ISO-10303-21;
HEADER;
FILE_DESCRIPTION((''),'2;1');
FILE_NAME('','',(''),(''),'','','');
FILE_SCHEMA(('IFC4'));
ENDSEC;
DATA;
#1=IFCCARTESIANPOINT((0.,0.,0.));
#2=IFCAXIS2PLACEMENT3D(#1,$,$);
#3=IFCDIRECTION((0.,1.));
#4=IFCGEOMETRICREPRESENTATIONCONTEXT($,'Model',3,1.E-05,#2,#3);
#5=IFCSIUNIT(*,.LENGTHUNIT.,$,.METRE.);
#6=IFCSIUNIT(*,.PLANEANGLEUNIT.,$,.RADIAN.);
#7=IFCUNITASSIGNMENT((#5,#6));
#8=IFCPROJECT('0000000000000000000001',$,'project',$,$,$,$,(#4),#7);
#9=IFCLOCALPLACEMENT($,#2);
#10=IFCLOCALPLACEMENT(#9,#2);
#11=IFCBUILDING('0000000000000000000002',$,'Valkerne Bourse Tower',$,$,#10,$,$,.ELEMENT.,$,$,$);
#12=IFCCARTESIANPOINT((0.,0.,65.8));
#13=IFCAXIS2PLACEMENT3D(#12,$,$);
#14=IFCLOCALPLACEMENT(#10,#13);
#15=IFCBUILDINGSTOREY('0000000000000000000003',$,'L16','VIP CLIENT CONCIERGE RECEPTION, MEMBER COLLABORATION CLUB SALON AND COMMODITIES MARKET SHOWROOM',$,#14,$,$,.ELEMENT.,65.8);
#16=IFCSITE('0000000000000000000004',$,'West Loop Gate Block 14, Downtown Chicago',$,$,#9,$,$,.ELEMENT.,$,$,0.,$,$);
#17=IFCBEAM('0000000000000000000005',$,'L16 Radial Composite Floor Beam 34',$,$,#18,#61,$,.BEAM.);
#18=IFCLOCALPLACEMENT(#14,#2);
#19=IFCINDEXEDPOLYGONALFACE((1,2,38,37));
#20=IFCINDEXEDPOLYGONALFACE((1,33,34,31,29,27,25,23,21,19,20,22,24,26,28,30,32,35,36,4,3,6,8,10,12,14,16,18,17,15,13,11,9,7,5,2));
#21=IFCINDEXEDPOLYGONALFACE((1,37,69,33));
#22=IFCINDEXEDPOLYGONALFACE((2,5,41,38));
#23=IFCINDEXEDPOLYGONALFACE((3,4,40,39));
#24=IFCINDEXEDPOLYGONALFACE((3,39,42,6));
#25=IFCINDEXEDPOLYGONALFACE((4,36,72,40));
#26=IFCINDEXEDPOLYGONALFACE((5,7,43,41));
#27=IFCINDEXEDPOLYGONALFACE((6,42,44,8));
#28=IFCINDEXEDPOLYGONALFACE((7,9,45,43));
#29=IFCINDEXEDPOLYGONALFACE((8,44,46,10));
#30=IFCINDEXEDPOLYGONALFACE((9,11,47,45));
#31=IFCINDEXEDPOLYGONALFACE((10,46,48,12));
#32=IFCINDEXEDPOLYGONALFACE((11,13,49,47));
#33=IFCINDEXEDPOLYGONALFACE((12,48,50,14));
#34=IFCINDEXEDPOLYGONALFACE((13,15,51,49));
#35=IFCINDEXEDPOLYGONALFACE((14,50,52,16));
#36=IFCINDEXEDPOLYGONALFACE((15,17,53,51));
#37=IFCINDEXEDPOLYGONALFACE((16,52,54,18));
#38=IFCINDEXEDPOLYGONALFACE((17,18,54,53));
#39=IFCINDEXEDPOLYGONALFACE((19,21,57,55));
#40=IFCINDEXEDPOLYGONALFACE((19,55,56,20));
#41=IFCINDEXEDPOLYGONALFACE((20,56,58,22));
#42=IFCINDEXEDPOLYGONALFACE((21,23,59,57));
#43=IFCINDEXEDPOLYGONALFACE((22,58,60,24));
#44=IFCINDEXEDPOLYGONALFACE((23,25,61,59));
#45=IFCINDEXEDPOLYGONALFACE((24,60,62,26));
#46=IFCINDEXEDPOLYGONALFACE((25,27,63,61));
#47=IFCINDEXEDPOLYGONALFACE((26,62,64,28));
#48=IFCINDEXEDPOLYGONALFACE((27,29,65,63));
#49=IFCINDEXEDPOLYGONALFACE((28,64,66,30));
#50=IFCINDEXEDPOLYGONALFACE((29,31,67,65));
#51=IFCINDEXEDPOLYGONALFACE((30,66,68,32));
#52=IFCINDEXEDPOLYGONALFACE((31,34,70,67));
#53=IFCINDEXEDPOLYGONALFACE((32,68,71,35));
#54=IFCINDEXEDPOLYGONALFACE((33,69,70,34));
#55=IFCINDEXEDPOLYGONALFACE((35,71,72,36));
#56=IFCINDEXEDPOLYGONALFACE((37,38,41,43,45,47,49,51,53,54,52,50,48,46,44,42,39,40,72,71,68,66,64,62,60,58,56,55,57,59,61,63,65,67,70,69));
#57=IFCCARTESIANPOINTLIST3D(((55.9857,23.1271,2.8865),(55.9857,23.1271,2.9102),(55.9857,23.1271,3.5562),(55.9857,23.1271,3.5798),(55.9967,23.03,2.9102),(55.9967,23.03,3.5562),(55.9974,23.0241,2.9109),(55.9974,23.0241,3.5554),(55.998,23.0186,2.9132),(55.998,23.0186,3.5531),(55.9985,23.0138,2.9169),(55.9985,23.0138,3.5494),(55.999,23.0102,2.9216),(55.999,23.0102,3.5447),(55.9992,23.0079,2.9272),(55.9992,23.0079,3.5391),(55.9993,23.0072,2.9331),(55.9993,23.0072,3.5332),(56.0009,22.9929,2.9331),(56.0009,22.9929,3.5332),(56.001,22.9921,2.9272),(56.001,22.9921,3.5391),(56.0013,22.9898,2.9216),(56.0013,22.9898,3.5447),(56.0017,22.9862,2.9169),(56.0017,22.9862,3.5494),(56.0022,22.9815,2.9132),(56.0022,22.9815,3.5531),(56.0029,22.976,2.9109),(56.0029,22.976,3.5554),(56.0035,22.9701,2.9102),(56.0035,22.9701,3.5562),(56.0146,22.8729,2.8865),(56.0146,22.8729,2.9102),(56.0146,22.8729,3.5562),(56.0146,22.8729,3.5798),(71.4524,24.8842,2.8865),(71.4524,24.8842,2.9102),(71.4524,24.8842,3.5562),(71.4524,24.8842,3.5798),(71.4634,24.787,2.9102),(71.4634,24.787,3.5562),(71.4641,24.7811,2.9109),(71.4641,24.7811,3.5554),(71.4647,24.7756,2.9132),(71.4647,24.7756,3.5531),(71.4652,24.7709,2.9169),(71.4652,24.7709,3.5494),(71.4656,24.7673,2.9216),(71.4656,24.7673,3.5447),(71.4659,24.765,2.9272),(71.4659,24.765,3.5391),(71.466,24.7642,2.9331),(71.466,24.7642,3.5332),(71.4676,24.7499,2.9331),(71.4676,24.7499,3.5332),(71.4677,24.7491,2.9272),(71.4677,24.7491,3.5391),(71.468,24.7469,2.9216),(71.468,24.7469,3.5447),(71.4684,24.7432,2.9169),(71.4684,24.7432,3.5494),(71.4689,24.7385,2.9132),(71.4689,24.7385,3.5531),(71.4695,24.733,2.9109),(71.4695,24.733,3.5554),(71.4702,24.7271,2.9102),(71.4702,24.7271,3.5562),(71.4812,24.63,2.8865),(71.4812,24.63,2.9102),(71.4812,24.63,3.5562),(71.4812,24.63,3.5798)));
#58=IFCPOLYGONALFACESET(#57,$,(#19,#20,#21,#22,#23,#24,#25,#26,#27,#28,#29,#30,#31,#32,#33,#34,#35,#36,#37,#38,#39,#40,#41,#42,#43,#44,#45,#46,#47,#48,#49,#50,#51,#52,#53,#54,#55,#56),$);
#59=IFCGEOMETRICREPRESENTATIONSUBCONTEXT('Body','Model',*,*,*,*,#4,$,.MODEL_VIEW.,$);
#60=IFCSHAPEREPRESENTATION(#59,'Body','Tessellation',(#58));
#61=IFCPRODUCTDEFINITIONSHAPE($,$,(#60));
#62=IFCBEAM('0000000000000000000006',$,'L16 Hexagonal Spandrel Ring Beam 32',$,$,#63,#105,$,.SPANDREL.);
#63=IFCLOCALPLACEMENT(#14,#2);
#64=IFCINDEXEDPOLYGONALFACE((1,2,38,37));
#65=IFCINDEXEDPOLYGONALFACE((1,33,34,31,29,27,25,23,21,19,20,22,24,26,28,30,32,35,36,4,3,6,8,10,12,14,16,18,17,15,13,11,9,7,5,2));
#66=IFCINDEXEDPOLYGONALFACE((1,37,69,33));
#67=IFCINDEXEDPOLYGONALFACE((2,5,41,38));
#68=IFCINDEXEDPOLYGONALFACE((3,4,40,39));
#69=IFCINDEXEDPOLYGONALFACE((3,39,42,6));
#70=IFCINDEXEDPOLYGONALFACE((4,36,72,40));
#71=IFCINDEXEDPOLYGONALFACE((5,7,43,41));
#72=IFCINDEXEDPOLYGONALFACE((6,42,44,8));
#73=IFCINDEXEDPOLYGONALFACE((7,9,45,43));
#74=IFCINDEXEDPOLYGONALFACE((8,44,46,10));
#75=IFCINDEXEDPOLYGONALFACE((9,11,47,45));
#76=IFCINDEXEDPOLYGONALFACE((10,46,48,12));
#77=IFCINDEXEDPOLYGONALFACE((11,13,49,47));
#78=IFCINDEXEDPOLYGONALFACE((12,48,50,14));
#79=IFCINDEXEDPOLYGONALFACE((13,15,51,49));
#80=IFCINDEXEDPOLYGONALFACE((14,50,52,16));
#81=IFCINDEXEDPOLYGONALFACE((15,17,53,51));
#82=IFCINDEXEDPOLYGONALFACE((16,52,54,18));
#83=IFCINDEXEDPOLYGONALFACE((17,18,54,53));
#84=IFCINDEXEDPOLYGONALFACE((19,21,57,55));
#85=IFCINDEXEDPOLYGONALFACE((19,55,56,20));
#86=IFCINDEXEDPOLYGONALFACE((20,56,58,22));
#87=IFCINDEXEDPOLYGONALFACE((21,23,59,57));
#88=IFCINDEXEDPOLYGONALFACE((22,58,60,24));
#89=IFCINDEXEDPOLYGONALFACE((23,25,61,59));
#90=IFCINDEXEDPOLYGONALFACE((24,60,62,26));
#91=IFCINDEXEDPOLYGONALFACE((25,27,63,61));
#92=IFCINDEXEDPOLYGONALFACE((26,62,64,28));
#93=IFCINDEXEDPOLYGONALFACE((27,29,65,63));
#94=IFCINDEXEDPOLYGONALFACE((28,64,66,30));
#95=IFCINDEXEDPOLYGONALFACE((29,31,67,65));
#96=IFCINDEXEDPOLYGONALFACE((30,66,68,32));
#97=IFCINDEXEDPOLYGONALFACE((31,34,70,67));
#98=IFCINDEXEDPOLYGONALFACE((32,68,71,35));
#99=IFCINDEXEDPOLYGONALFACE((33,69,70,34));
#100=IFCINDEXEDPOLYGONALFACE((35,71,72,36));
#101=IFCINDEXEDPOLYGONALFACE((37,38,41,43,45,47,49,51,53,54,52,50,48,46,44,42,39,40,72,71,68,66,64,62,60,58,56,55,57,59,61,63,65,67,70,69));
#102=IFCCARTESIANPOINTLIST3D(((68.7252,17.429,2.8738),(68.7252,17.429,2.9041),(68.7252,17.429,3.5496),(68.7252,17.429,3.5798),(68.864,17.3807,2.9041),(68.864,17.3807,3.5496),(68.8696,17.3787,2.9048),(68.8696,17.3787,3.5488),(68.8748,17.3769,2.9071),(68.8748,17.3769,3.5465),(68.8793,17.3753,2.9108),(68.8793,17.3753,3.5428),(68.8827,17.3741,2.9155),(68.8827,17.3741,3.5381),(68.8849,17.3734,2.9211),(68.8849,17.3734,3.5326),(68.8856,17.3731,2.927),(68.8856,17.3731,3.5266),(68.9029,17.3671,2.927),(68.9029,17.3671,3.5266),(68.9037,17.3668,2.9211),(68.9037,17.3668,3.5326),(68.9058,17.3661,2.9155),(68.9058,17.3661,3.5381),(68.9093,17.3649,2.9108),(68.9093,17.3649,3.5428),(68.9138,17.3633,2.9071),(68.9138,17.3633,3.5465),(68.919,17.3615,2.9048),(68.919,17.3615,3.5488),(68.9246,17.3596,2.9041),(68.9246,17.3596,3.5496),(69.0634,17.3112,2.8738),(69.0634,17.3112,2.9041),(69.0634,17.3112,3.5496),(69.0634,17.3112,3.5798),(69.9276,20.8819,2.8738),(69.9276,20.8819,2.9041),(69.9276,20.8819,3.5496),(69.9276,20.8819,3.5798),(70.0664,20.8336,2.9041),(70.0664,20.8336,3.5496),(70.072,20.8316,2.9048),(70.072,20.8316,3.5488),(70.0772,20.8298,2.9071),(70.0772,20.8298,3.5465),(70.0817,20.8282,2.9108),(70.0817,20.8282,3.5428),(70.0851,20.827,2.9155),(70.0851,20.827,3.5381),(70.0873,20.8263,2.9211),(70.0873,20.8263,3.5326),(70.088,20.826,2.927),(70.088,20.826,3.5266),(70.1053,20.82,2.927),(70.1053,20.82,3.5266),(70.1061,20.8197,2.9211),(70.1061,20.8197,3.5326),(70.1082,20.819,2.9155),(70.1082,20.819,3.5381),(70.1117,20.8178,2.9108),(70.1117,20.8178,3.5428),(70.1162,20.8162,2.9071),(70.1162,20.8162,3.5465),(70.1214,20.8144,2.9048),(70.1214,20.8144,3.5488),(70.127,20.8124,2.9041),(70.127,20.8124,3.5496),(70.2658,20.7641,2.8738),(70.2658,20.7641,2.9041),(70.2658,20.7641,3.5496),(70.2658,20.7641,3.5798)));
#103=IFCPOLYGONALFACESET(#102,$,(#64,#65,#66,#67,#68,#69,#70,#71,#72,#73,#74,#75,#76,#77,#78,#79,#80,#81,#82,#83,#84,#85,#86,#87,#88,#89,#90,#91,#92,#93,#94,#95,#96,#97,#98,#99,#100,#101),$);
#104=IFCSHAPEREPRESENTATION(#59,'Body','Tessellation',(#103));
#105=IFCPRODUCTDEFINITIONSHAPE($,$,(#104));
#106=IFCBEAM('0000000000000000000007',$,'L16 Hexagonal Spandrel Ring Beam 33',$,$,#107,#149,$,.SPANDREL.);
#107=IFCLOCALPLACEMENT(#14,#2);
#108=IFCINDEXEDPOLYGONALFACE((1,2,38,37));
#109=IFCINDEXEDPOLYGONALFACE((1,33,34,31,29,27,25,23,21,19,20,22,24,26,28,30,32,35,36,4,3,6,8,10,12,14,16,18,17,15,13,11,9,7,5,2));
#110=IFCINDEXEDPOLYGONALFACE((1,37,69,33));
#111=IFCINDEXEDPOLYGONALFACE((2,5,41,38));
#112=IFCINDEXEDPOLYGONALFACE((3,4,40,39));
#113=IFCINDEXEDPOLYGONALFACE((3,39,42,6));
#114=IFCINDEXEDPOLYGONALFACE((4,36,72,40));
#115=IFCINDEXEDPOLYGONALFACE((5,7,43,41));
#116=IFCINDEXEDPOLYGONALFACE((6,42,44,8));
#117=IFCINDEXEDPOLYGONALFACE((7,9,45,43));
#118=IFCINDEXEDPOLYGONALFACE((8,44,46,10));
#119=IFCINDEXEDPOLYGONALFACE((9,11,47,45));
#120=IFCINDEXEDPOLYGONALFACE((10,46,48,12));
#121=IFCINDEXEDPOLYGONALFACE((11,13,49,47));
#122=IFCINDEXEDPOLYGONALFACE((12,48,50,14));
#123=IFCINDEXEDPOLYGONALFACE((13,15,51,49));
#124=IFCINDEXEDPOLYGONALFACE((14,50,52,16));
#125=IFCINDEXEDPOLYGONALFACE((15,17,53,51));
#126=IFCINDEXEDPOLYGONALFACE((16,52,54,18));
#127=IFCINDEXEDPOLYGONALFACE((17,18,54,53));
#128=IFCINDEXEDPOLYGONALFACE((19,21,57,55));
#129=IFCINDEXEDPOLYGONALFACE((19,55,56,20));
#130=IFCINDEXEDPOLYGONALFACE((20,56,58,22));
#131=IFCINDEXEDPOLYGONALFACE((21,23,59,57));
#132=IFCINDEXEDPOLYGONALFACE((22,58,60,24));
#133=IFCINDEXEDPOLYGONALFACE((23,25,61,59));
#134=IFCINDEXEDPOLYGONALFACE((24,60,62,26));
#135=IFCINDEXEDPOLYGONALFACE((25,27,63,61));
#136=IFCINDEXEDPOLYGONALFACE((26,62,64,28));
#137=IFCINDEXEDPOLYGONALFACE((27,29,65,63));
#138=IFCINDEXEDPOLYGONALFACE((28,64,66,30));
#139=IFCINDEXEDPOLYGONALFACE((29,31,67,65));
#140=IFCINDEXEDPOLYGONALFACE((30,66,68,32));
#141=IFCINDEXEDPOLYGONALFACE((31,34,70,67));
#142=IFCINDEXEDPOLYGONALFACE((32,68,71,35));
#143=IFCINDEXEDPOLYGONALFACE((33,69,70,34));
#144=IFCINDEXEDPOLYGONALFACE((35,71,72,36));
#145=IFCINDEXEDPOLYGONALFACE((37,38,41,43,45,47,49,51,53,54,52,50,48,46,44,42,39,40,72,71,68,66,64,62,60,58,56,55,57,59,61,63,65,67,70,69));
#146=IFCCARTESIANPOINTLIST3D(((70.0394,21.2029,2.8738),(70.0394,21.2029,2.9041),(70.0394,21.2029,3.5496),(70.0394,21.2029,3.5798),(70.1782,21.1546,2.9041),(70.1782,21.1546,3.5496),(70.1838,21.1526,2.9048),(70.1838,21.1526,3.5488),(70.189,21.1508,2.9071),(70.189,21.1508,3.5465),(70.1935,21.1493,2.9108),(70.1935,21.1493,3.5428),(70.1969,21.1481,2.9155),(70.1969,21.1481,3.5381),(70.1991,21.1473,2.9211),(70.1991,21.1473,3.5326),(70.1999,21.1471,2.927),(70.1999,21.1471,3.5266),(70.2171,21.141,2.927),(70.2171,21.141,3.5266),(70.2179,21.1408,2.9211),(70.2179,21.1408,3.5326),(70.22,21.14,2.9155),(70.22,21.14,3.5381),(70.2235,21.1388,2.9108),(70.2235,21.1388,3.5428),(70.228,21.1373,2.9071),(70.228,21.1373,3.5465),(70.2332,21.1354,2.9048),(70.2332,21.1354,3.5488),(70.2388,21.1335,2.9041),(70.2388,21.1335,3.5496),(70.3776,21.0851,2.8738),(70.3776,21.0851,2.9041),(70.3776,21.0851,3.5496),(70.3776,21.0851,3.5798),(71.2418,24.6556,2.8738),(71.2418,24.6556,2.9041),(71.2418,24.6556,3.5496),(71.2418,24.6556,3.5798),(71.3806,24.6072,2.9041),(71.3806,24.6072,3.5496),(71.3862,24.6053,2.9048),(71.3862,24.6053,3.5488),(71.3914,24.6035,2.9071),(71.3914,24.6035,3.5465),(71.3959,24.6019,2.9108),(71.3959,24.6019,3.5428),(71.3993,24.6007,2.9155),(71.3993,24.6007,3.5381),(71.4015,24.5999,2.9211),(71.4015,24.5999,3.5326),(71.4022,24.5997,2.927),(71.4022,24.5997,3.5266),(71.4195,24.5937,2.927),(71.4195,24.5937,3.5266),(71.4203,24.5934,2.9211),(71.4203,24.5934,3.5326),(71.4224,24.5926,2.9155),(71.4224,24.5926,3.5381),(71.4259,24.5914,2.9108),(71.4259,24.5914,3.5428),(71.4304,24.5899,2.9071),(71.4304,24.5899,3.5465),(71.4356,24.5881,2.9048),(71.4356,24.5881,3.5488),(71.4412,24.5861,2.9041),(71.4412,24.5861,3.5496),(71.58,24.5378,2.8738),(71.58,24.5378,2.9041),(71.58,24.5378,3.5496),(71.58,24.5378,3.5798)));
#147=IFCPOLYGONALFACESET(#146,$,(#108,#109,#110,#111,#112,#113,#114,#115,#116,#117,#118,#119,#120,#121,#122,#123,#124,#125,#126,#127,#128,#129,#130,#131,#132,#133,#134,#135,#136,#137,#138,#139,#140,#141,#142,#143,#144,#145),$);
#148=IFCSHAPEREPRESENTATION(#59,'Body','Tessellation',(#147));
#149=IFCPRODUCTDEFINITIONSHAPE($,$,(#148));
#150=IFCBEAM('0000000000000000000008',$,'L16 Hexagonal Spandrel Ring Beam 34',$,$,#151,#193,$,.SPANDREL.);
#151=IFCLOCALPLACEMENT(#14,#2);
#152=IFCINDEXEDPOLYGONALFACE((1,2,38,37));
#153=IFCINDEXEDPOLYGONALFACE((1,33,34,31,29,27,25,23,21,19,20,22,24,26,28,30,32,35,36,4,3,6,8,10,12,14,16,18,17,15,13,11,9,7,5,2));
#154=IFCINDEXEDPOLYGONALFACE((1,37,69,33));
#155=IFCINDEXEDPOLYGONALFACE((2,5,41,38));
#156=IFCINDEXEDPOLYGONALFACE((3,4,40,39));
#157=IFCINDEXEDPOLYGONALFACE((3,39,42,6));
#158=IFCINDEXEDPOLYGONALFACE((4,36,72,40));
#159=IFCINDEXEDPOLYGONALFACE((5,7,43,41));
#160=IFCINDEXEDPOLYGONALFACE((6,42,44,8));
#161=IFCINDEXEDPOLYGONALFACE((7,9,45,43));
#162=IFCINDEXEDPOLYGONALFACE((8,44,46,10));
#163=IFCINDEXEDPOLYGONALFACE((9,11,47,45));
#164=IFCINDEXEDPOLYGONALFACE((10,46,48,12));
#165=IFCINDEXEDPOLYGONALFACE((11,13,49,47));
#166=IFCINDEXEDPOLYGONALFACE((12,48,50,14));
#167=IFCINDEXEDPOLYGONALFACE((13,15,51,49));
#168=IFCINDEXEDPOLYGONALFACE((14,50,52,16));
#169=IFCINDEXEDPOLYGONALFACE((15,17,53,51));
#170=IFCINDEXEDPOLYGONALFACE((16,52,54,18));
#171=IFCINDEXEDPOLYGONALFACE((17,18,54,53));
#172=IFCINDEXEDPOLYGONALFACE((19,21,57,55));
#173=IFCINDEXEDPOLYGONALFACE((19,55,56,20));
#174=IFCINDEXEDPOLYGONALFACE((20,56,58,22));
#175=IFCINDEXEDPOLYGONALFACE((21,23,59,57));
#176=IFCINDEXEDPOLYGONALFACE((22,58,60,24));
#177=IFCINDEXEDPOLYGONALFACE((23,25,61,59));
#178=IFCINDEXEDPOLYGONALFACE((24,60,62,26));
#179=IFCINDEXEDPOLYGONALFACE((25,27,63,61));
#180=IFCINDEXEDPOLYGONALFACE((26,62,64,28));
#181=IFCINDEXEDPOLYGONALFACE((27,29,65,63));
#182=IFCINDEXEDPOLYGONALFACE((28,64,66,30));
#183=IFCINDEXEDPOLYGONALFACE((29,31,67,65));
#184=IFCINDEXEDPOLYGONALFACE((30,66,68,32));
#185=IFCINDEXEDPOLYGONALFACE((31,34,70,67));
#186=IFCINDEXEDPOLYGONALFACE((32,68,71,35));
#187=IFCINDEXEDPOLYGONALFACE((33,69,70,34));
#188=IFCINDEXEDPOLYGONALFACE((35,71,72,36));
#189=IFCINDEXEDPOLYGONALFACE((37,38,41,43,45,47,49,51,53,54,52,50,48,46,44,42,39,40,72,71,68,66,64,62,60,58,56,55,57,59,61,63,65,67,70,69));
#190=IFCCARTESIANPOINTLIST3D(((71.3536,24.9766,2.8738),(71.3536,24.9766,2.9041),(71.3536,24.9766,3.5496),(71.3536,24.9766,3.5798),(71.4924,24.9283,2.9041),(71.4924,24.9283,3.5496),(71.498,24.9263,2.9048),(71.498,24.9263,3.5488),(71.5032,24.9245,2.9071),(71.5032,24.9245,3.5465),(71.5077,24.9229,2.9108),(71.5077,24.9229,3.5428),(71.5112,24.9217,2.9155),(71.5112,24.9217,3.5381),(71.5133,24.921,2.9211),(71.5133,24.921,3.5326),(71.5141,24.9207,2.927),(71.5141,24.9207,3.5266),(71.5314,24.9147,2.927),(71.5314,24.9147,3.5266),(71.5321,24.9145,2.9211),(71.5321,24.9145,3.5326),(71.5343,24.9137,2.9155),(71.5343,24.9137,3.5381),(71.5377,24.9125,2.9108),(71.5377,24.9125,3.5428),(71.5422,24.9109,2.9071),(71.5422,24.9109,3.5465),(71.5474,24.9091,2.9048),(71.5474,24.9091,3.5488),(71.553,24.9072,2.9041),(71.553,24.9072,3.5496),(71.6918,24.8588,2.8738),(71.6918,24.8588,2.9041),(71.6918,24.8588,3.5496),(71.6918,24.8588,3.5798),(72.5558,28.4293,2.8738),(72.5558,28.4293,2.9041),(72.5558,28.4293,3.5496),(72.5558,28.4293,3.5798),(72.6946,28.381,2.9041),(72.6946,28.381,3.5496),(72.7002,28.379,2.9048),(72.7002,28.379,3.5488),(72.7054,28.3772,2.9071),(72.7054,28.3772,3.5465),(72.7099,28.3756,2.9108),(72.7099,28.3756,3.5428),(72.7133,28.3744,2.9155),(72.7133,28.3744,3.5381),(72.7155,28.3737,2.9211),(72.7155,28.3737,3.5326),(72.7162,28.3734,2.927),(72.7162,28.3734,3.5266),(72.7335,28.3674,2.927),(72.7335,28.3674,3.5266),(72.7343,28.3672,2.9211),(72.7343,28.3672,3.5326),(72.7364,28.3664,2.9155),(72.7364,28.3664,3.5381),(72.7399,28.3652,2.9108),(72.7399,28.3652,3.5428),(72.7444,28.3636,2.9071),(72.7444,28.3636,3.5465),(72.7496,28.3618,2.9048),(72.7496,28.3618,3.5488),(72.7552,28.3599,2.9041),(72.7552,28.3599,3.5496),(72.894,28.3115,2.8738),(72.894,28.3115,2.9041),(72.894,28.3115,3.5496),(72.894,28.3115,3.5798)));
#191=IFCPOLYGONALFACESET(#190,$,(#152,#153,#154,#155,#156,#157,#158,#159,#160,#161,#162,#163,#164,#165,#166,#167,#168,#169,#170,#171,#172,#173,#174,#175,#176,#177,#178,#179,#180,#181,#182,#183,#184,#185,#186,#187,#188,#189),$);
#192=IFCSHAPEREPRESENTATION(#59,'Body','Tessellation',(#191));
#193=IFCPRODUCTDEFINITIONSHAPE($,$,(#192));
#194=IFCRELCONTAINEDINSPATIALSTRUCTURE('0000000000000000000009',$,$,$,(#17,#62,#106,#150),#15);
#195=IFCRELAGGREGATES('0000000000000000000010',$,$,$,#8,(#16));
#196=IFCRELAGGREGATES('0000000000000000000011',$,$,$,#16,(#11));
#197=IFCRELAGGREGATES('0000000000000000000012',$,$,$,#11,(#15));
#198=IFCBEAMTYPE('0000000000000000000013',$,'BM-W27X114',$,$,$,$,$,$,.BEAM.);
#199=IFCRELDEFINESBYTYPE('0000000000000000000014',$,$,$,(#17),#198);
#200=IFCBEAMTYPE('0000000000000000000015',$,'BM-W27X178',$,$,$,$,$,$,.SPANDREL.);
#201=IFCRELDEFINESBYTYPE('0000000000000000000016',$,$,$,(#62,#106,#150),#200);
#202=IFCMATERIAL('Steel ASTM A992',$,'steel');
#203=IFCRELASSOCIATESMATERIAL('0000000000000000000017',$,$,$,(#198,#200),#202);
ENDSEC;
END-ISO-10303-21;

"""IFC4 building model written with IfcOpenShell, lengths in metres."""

from ifc_helpers import new_model, si_unit, direction, frame, origin, origin_2d, place, context, subcontext, project, spatial, i_section, extrude, material, material_profile, profile_set, type_object, element, save


model = new_model("IFC4")

# Units and contexts
model_context = context("Model", 3, precision=1e-05, world=origin(), true_north=direction((0.0, 1.0)))
body_context = subcontext(model_context, "Body", "Model", "MODEL_VIEW")
ifc_project = project(units=[si_unit("LENGTHUNIT", "METRE"), si_unit("PLANEANGLEUNIT", "RADIAN")], contexts=[model_context])

# Site, building, storey
site_placement = place(None, origin())
site = spatial("IfcSite", under=ifc_project, at=site_placement, Name="West Loop Gate Block 14, Downtown Chicago", CompositionType="ELEMENT", RefElevation=0.0)
building_placement = place(site_placement, origin())
building = spatial("IfcBuilding", under=site, at=building_placement, Name="Valkerne Bourse Tower", CompositionType="ELEMENT")
storey_placement = place(building_placement, frame((0.0, 0.0, 65.8)))
storey = spatial("IfcBuildingStorey", under=building, at=storey_placement, Name="L16", Description="VIP CLIENT CONCIERGE RECEPTION, MEMBER COLLABORATION CLUB SALON AND COMMODITIES MARKET SHOWROOM", CompositionType="ELEMENT", Elevation=65.8)

# Beams
ifc_material_1 = material(Name="Steel ASTM A992", Category="steel")
ifc_material_profile_1 = material_profile(ifc_material_1, i_section(OverallWidth=0.2559, OverallDepth=0.6934, WebThickness=0.0144, FlangeThickness=0.0237, FilletRadius=0.0229, at=origin_2d()), Name="W27X114")
ifc_profile_set_1 = profile_set([ifc_material_profile_1], Name="Steel ASTM A992")
beam_type_1 = type_object("IfcBeamType", Name="BM-W27X114", PredefinedType="BEAM", material=ifc_profile_set_1)
beam_1_placement = place(storey_placement, frame((71.4668, 24.7571, 3.2332), z_axis=(-0.993609, -0.112877, 0.0), x_axis=(0.112877, -0.993609, 0.0)))
element("IfcBeam", 1, at=beam_1_placement, inside=storey, type_object=beam_type_1, Name="L16 Radial Composite Floor Beam 34", PredefinedType="BEAM", context=body_context, shape_type="SweptSolid", body=[
    extrude(i_section(OverallWidth=0.2559, OverallDepth=0.6934, WebThickness=0.0144, FlangeThickness=0.0237, FilletRadius=0.0229, at=origin_2d()), origin(), (0.0, 0.0, 1.0), 15.5662),
])
ifc_material_profile_2 = material_profile(ifc_material_1, i_section(OverallWidth=0.3582, OverallDepth=0.7061, WebThickness=0.0183, FlangeThickness=0.0303, FilletRadius=0.0229, at=origin_2d()), Name="W27X178")
ifc_profile_set_2 = profile_set([ifc_material_profile_2], Name="Steel ASTM A992")
beam_type_2 = type_object("IfcBeamType", Name="BM-W27X178", PredefinedType="SPANDREL", material=ifc_profile_set_2)
beam_2_placement = place(storey_placement, frame((68.8943, 17.3701, 3.2268), z_axis=(0.32886, 0.944379, 0.0), x_axis=(-0.944379, 0.32886, 0.0)))
element("IfcBeam", 2, at=beam_2_placement, inside=storey, type_object=beam_type_2, Name="L16 Hexagonal Spandrel Ring Beam 32", PredefinedType="SPANDREL", context=body_context, shape_type="SweptSolid", body=[
    extrude(i_section(OverallWidth=0.3582, OverallDepth=0.7061, WebThickness=0.0183, FlangeThickness=0.0303, FilletRadius=0.0229, at=origin_2d()), origin(), (0.0, 0.0, 1.0), 3.6562),
])
for number, where, z_axis, x_axis, name in (
    (3, (70.2085, 21.144, 3.2268), (0.328881, 0.944372, 0.0), (-0.944372, 0.328881, 0.0), "L16 Hexagonal Spandrel Ring Beam 33"),
    (4, (71.5227, 24.9177, 3.2268), (0.328821, 0.944392, 0.0), (-0.944392, 0.328821, 0.0), "L16 Hexagonal Spandrel Ring Beam 34"),
):
    element("IfcBeam", number, at=place(storey_placement, frame(where, z_axis=z_axis, x_axis=x_axis)), inside=storey, type_object=beam_type_2, Name=name, PredefinedType="SPANDREL", context=body_context, shape_type="SweptSolid", body=[
        extrude(i_section(OverallWidth=0.3582, OverallDepth=0.7061, WebThickness=0.0183, FlangeThickness=0.0303, FilletRadius=0.0229, at=origin_2d()), origin(), (0.0, 0.0, 1.0), 3.656),
    ])

save(model, "model.ifc")
